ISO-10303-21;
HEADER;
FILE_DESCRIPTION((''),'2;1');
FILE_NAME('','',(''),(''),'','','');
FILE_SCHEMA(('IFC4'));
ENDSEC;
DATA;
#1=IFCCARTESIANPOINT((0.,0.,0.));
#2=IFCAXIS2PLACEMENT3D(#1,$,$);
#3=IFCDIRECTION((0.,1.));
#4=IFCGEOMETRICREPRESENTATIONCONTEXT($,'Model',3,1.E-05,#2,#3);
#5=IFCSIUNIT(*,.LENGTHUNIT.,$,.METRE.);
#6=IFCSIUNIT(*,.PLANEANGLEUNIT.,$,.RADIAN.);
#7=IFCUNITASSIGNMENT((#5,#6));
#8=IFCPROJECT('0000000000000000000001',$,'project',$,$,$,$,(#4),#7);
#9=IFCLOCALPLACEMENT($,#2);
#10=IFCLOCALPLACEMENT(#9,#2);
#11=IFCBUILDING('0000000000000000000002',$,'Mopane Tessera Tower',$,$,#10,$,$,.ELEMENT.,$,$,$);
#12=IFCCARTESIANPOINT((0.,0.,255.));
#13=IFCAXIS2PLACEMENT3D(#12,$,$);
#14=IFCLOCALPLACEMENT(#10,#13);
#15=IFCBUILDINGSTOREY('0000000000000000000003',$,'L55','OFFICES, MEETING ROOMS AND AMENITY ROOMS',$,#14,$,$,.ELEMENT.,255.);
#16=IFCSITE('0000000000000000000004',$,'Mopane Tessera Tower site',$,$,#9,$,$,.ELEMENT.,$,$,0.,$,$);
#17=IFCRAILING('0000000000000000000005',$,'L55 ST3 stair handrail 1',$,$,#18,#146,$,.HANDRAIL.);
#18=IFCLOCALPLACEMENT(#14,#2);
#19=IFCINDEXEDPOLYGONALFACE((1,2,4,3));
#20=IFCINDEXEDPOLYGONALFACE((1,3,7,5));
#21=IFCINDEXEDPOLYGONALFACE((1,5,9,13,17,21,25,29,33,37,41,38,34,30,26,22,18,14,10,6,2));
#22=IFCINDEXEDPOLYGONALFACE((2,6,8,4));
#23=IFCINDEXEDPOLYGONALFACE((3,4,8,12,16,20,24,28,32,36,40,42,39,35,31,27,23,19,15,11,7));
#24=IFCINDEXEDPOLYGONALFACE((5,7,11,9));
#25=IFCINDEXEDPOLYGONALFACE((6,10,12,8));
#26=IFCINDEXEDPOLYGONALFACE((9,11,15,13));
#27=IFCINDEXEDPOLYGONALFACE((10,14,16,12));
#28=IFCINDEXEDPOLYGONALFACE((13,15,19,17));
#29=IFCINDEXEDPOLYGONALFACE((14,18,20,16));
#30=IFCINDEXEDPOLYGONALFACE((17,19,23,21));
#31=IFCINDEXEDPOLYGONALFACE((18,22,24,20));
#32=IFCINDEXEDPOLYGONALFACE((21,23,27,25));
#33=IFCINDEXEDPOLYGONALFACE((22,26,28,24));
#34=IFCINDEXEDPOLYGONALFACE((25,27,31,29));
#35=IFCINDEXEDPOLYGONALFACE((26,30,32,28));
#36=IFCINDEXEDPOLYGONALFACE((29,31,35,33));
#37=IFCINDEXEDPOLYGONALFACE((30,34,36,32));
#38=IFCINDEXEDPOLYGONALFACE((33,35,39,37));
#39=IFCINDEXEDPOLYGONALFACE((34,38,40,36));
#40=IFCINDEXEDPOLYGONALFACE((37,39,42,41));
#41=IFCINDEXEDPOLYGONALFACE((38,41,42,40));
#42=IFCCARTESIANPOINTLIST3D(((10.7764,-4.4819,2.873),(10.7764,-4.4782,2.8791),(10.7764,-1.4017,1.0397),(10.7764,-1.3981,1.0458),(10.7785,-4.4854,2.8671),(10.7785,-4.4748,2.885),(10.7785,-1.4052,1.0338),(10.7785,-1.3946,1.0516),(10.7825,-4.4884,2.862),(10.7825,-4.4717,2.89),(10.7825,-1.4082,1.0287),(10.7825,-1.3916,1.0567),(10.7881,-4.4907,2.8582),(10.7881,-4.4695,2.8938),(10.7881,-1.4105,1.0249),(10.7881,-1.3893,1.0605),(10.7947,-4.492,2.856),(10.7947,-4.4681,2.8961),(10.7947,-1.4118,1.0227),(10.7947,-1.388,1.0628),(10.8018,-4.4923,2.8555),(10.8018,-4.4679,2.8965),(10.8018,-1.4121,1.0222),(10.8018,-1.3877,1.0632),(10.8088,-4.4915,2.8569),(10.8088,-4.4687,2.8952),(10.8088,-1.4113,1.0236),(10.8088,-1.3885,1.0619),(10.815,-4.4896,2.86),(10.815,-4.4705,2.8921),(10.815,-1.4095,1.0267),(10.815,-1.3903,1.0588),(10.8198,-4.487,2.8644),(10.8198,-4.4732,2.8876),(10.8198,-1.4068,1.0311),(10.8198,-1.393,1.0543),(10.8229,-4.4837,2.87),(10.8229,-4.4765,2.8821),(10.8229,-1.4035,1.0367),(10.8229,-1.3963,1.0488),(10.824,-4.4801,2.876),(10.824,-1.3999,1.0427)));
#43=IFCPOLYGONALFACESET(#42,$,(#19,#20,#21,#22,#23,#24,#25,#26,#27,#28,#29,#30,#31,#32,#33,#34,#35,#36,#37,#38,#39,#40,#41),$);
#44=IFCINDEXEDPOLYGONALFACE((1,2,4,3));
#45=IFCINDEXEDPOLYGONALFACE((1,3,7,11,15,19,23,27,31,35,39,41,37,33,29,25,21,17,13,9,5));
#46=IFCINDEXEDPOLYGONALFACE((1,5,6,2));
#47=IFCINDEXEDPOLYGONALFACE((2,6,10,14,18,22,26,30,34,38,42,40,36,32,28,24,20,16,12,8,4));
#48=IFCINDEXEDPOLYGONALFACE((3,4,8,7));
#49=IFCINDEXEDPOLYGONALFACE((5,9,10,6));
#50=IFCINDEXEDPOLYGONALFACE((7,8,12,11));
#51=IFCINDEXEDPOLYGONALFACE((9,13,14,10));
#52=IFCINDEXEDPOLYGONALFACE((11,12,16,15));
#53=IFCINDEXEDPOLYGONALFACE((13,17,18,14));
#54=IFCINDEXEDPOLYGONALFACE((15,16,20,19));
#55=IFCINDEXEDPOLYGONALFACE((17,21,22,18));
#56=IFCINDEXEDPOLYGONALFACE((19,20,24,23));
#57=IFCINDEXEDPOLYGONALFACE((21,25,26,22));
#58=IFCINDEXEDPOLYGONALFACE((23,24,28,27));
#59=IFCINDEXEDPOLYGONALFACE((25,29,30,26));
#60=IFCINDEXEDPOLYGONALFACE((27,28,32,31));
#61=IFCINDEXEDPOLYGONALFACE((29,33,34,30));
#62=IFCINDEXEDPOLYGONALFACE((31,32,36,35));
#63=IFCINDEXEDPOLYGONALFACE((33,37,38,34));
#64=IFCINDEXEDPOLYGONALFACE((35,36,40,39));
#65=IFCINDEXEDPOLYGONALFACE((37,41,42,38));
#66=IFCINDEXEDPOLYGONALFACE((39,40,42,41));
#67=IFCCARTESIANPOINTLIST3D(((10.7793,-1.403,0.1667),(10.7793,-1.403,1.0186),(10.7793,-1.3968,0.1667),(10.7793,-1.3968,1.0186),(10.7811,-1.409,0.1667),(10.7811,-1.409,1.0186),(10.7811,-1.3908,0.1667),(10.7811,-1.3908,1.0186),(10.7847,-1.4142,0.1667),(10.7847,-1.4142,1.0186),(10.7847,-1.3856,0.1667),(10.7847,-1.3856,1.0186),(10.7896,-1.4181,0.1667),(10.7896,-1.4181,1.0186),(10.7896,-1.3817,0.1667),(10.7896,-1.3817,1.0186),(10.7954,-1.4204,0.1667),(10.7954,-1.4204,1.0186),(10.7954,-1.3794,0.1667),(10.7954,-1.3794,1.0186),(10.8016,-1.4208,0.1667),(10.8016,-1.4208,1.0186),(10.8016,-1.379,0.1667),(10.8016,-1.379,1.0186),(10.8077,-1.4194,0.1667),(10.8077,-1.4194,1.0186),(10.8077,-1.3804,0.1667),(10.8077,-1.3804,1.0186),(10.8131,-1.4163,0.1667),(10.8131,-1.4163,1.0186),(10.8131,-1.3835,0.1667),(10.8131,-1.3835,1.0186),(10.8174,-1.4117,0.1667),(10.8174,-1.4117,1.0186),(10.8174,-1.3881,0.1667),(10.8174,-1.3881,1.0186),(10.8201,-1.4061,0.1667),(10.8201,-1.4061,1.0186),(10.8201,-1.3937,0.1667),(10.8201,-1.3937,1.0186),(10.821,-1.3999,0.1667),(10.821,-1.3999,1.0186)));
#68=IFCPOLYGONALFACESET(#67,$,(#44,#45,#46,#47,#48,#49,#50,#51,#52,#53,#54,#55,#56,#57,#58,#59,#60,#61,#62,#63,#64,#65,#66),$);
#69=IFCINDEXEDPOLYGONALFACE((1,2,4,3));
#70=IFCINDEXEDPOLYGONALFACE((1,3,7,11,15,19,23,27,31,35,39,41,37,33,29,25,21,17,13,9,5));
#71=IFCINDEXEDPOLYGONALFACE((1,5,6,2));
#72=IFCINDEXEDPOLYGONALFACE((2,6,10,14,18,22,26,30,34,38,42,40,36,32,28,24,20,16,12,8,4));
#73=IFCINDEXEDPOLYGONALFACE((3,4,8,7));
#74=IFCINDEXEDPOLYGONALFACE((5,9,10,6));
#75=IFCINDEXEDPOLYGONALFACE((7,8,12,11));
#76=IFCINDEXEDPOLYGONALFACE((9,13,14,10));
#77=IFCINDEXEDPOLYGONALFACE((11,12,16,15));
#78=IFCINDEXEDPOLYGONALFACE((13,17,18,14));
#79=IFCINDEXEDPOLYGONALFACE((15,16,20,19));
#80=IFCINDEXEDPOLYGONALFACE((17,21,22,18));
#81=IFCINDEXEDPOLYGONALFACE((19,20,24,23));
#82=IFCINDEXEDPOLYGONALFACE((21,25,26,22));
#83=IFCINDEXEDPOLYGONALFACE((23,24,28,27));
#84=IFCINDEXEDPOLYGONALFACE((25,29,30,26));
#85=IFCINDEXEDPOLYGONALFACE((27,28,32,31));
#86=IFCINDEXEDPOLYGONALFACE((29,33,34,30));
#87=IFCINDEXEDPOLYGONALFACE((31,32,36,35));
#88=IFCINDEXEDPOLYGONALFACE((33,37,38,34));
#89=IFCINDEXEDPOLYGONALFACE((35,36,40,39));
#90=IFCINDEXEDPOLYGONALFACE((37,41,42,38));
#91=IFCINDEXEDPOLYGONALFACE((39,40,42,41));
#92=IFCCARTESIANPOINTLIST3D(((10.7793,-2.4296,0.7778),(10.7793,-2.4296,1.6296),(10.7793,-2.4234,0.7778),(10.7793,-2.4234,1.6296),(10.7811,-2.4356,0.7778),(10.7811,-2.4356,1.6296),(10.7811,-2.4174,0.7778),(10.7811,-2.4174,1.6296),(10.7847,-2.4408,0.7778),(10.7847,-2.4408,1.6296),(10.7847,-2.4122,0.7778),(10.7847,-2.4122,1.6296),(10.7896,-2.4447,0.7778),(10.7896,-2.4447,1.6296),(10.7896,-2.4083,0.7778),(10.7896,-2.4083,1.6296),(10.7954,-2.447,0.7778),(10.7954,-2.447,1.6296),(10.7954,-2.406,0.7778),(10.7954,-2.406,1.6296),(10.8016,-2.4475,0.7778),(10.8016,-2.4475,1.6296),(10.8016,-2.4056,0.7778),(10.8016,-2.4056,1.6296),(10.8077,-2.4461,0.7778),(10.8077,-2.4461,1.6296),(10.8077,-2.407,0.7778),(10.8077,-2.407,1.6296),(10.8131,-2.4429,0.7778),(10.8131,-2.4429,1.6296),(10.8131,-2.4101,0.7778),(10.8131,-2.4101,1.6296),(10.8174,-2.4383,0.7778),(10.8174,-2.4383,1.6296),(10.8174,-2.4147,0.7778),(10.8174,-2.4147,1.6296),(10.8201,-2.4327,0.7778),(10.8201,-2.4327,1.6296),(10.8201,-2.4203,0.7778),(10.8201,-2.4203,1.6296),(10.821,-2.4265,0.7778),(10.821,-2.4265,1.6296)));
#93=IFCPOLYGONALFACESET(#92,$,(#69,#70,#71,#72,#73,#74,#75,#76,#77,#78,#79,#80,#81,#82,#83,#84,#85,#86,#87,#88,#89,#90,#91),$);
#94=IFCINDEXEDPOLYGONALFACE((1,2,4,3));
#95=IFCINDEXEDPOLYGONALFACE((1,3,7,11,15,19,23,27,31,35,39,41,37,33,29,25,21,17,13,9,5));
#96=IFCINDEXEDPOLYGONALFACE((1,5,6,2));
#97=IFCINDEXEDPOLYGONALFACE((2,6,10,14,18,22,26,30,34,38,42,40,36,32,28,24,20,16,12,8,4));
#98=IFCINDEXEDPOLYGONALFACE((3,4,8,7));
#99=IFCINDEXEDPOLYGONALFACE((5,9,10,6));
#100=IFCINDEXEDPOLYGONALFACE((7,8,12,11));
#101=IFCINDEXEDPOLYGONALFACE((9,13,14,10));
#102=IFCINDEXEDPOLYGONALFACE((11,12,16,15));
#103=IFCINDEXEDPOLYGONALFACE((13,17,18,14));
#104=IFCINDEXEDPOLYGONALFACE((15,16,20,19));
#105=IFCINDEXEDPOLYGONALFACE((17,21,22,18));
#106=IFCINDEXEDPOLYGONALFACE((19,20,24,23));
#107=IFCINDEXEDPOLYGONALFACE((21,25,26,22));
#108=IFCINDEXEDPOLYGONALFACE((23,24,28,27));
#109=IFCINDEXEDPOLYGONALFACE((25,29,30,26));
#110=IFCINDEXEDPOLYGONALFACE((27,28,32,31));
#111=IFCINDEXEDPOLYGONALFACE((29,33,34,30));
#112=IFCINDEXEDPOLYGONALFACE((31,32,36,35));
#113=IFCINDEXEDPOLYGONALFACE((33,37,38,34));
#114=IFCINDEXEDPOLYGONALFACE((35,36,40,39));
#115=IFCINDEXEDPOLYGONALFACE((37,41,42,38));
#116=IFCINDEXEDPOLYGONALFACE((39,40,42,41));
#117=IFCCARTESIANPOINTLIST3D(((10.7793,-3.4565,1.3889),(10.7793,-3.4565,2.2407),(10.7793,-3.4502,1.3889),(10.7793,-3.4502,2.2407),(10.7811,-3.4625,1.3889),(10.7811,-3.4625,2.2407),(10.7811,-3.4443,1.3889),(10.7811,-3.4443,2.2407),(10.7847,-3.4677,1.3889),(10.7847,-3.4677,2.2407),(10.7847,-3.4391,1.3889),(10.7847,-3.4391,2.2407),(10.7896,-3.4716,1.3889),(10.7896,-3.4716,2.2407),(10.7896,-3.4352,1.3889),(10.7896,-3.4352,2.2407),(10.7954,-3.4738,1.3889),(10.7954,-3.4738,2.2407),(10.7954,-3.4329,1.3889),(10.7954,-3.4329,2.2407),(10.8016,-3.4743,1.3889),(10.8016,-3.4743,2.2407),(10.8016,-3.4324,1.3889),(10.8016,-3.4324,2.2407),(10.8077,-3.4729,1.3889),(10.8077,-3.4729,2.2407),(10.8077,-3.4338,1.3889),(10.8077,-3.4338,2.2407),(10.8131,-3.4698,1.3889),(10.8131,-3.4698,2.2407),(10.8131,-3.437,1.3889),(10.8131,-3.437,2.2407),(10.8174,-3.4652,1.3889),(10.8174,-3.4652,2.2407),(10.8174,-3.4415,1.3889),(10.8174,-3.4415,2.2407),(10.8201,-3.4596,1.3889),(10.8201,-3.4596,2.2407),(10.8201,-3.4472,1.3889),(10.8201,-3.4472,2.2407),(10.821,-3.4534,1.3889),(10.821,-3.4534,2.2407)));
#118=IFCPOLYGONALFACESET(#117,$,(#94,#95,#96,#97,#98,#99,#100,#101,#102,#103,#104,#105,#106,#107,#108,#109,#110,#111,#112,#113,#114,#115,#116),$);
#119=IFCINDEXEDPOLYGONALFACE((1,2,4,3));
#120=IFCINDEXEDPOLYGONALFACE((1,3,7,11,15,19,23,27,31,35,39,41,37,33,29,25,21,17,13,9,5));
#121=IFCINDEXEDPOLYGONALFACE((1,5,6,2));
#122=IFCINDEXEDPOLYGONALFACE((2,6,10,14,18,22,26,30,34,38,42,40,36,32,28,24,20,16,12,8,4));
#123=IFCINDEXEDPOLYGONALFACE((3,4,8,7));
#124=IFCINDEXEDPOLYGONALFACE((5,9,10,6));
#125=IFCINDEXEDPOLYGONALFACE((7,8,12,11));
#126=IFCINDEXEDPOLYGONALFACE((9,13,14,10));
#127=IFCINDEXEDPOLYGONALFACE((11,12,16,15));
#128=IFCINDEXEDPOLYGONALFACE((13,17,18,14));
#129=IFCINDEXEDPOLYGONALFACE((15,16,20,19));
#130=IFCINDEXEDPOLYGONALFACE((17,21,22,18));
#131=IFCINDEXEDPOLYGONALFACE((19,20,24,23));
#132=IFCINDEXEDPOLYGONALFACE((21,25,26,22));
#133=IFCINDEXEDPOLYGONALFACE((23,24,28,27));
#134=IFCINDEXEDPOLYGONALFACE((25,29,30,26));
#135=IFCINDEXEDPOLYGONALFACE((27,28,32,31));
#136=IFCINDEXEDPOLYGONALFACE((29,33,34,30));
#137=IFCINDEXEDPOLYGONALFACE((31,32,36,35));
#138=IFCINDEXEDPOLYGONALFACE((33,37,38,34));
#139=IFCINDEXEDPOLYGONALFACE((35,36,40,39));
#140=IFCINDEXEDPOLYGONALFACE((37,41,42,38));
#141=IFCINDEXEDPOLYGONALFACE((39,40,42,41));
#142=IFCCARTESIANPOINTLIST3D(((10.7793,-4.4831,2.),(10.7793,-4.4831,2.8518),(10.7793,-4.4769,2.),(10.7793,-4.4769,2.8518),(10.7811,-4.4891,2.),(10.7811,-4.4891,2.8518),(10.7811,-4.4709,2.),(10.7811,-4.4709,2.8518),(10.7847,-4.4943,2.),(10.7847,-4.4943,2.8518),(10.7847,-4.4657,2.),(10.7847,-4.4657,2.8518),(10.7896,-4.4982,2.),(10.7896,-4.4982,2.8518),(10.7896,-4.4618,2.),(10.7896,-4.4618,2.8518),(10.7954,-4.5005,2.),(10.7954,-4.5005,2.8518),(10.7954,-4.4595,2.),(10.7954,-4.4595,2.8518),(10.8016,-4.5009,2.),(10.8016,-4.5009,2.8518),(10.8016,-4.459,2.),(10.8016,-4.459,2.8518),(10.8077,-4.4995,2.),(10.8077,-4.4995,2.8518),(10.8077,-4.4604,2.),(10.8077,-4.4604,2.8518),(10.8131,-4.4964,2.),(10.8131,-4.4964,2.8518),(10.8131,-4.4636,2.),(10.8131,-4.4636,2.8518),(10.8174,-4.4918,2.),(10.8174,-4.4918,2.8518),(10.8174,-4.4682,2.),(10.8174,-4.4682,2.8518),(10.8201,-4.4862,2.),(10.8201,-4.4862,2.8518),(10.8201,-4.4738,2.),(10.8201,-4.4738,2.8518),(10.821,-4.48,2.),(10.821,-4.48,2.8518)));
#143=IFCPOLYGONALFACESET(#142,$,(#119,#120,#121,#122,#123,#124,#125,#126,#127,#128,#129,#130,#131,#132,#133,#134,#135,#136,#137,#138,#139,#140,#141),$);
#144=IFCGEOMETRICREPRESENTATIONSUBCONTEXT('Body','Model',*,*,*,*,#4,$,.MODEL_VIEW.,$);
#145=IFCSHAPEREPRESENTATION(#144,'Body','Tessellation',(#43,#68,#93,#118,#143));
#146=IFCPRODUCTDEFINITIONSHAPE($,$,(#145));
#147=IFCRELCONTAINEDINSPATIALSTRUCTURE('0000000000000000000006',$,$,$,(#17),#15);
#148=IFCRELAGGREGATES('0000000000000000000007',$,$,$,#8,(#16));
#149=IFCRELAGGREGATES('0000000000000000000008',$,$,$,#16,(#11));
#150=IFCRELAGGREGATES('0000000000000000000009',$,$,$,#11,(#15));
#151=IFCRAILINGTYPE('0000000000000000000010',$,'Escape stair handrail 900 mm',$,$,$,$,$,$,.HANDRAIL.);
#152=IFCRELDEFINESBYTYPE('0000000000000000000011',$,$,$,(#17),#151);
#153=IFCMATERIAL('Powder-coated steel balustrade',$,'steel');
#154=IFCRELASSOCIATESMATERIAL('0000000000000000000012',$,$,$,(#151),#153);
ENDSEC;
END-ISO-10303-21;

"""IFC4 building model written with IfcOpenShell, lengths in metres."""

from ifc_helpers import new_model, si_unit, direction, frame, origin, origin_2d, place, context, subcontext, project, spatial, circle, extrude, material, type_object, element, save


model = new_model("IFC4")

# Units and contexts
model_context = context("Model", 3, precision=1e-05, world=origin(), true_north=direction((0.0, 1.0)))
body_context = subcontext(model_context, "Body", "Model", "MODEL_VIEW")
ifc_project = project(units=[si_unit("LENGTHUNIT", "METRE"), si_unit("PLANEANGLEUNIT", "RADIAN")], contexts=[model_context])

# Site, building, storey
site_placement = place(None, origin())
site = spatial("IfcSite", under=ifc_project, at=site_placement, Name="Mopane Tessera Tower site", CompositionType="ELEMENT", RefElevation=0.0)
building_placement = place(site_placement, origin())
building = spatial("IfcBuilding", under=site, at=building_placement, Name="Mopane Tessera Tower", CompositionType="ELEMENT")
storey_placement = place(building_placement, frame((0.0, 0.0, 255.0)))
storey = spatial("IfcBuildingStorey", under=building, at=storey_placement, Name="L55", Description="OFFICES, MEETING ROOMS AND AMENITY ROOMS", CompositionType="ELEMENT", Elevation=255.0)

# Railing
ifc_material_1 = material(Name="Powder-coated steel balustrade", Category="steel")
railing_type_1 = type_object("IfcRailingType", Name="Escape stair handrail 900 mm", PredefinedType="HANDRAIL", material=ifc_material_1)
railing_1_placement = place(storey_placement, frame((10.8, -1.3999, 0.1667)))
element("IfcRailing", 1, at=railing_1_placement, inside=storey, type_object=railing_type_1, Name="L55 ST3 stair handrail 1", PredefinedType="HANDRAIL", context=body_context, shape_type="SweptSolid", body=[
    extrude(circle(Radius=0.0239, at=origin_2d()), frame((0.0, 0.0, 0.876), z_axis=(0.0, -0.859309, 0.511458), x_axis=(1.0, 0.0, 0.0)), (0.0, 0.0, 1.0), 3.5845),
    extrude(circle(Radius=0.021, at=origin_2d()), origin(), (0.0, 0.0, 1.0), 0.8518),
    extrude(circle(Radius=0.021, at=origin_2d()), frame((0.0, -1.0266, 0.6111)), (0.0, 0.0, 1.0), 0.8518),
    extrude(circle(Radius=0.021, at=origin_2d()), frame((0.0, -2.0535, 1.2222)), (0.0, 0.0, 1.0), 0.8518),
    extrude(circle(Radius=0.021, at=origin_2d()), frame((0.0, -3.0801, 1.8333)), (0.0, 0.0, 1.0), 0.8518),
])

save(model, "model.ifc")
